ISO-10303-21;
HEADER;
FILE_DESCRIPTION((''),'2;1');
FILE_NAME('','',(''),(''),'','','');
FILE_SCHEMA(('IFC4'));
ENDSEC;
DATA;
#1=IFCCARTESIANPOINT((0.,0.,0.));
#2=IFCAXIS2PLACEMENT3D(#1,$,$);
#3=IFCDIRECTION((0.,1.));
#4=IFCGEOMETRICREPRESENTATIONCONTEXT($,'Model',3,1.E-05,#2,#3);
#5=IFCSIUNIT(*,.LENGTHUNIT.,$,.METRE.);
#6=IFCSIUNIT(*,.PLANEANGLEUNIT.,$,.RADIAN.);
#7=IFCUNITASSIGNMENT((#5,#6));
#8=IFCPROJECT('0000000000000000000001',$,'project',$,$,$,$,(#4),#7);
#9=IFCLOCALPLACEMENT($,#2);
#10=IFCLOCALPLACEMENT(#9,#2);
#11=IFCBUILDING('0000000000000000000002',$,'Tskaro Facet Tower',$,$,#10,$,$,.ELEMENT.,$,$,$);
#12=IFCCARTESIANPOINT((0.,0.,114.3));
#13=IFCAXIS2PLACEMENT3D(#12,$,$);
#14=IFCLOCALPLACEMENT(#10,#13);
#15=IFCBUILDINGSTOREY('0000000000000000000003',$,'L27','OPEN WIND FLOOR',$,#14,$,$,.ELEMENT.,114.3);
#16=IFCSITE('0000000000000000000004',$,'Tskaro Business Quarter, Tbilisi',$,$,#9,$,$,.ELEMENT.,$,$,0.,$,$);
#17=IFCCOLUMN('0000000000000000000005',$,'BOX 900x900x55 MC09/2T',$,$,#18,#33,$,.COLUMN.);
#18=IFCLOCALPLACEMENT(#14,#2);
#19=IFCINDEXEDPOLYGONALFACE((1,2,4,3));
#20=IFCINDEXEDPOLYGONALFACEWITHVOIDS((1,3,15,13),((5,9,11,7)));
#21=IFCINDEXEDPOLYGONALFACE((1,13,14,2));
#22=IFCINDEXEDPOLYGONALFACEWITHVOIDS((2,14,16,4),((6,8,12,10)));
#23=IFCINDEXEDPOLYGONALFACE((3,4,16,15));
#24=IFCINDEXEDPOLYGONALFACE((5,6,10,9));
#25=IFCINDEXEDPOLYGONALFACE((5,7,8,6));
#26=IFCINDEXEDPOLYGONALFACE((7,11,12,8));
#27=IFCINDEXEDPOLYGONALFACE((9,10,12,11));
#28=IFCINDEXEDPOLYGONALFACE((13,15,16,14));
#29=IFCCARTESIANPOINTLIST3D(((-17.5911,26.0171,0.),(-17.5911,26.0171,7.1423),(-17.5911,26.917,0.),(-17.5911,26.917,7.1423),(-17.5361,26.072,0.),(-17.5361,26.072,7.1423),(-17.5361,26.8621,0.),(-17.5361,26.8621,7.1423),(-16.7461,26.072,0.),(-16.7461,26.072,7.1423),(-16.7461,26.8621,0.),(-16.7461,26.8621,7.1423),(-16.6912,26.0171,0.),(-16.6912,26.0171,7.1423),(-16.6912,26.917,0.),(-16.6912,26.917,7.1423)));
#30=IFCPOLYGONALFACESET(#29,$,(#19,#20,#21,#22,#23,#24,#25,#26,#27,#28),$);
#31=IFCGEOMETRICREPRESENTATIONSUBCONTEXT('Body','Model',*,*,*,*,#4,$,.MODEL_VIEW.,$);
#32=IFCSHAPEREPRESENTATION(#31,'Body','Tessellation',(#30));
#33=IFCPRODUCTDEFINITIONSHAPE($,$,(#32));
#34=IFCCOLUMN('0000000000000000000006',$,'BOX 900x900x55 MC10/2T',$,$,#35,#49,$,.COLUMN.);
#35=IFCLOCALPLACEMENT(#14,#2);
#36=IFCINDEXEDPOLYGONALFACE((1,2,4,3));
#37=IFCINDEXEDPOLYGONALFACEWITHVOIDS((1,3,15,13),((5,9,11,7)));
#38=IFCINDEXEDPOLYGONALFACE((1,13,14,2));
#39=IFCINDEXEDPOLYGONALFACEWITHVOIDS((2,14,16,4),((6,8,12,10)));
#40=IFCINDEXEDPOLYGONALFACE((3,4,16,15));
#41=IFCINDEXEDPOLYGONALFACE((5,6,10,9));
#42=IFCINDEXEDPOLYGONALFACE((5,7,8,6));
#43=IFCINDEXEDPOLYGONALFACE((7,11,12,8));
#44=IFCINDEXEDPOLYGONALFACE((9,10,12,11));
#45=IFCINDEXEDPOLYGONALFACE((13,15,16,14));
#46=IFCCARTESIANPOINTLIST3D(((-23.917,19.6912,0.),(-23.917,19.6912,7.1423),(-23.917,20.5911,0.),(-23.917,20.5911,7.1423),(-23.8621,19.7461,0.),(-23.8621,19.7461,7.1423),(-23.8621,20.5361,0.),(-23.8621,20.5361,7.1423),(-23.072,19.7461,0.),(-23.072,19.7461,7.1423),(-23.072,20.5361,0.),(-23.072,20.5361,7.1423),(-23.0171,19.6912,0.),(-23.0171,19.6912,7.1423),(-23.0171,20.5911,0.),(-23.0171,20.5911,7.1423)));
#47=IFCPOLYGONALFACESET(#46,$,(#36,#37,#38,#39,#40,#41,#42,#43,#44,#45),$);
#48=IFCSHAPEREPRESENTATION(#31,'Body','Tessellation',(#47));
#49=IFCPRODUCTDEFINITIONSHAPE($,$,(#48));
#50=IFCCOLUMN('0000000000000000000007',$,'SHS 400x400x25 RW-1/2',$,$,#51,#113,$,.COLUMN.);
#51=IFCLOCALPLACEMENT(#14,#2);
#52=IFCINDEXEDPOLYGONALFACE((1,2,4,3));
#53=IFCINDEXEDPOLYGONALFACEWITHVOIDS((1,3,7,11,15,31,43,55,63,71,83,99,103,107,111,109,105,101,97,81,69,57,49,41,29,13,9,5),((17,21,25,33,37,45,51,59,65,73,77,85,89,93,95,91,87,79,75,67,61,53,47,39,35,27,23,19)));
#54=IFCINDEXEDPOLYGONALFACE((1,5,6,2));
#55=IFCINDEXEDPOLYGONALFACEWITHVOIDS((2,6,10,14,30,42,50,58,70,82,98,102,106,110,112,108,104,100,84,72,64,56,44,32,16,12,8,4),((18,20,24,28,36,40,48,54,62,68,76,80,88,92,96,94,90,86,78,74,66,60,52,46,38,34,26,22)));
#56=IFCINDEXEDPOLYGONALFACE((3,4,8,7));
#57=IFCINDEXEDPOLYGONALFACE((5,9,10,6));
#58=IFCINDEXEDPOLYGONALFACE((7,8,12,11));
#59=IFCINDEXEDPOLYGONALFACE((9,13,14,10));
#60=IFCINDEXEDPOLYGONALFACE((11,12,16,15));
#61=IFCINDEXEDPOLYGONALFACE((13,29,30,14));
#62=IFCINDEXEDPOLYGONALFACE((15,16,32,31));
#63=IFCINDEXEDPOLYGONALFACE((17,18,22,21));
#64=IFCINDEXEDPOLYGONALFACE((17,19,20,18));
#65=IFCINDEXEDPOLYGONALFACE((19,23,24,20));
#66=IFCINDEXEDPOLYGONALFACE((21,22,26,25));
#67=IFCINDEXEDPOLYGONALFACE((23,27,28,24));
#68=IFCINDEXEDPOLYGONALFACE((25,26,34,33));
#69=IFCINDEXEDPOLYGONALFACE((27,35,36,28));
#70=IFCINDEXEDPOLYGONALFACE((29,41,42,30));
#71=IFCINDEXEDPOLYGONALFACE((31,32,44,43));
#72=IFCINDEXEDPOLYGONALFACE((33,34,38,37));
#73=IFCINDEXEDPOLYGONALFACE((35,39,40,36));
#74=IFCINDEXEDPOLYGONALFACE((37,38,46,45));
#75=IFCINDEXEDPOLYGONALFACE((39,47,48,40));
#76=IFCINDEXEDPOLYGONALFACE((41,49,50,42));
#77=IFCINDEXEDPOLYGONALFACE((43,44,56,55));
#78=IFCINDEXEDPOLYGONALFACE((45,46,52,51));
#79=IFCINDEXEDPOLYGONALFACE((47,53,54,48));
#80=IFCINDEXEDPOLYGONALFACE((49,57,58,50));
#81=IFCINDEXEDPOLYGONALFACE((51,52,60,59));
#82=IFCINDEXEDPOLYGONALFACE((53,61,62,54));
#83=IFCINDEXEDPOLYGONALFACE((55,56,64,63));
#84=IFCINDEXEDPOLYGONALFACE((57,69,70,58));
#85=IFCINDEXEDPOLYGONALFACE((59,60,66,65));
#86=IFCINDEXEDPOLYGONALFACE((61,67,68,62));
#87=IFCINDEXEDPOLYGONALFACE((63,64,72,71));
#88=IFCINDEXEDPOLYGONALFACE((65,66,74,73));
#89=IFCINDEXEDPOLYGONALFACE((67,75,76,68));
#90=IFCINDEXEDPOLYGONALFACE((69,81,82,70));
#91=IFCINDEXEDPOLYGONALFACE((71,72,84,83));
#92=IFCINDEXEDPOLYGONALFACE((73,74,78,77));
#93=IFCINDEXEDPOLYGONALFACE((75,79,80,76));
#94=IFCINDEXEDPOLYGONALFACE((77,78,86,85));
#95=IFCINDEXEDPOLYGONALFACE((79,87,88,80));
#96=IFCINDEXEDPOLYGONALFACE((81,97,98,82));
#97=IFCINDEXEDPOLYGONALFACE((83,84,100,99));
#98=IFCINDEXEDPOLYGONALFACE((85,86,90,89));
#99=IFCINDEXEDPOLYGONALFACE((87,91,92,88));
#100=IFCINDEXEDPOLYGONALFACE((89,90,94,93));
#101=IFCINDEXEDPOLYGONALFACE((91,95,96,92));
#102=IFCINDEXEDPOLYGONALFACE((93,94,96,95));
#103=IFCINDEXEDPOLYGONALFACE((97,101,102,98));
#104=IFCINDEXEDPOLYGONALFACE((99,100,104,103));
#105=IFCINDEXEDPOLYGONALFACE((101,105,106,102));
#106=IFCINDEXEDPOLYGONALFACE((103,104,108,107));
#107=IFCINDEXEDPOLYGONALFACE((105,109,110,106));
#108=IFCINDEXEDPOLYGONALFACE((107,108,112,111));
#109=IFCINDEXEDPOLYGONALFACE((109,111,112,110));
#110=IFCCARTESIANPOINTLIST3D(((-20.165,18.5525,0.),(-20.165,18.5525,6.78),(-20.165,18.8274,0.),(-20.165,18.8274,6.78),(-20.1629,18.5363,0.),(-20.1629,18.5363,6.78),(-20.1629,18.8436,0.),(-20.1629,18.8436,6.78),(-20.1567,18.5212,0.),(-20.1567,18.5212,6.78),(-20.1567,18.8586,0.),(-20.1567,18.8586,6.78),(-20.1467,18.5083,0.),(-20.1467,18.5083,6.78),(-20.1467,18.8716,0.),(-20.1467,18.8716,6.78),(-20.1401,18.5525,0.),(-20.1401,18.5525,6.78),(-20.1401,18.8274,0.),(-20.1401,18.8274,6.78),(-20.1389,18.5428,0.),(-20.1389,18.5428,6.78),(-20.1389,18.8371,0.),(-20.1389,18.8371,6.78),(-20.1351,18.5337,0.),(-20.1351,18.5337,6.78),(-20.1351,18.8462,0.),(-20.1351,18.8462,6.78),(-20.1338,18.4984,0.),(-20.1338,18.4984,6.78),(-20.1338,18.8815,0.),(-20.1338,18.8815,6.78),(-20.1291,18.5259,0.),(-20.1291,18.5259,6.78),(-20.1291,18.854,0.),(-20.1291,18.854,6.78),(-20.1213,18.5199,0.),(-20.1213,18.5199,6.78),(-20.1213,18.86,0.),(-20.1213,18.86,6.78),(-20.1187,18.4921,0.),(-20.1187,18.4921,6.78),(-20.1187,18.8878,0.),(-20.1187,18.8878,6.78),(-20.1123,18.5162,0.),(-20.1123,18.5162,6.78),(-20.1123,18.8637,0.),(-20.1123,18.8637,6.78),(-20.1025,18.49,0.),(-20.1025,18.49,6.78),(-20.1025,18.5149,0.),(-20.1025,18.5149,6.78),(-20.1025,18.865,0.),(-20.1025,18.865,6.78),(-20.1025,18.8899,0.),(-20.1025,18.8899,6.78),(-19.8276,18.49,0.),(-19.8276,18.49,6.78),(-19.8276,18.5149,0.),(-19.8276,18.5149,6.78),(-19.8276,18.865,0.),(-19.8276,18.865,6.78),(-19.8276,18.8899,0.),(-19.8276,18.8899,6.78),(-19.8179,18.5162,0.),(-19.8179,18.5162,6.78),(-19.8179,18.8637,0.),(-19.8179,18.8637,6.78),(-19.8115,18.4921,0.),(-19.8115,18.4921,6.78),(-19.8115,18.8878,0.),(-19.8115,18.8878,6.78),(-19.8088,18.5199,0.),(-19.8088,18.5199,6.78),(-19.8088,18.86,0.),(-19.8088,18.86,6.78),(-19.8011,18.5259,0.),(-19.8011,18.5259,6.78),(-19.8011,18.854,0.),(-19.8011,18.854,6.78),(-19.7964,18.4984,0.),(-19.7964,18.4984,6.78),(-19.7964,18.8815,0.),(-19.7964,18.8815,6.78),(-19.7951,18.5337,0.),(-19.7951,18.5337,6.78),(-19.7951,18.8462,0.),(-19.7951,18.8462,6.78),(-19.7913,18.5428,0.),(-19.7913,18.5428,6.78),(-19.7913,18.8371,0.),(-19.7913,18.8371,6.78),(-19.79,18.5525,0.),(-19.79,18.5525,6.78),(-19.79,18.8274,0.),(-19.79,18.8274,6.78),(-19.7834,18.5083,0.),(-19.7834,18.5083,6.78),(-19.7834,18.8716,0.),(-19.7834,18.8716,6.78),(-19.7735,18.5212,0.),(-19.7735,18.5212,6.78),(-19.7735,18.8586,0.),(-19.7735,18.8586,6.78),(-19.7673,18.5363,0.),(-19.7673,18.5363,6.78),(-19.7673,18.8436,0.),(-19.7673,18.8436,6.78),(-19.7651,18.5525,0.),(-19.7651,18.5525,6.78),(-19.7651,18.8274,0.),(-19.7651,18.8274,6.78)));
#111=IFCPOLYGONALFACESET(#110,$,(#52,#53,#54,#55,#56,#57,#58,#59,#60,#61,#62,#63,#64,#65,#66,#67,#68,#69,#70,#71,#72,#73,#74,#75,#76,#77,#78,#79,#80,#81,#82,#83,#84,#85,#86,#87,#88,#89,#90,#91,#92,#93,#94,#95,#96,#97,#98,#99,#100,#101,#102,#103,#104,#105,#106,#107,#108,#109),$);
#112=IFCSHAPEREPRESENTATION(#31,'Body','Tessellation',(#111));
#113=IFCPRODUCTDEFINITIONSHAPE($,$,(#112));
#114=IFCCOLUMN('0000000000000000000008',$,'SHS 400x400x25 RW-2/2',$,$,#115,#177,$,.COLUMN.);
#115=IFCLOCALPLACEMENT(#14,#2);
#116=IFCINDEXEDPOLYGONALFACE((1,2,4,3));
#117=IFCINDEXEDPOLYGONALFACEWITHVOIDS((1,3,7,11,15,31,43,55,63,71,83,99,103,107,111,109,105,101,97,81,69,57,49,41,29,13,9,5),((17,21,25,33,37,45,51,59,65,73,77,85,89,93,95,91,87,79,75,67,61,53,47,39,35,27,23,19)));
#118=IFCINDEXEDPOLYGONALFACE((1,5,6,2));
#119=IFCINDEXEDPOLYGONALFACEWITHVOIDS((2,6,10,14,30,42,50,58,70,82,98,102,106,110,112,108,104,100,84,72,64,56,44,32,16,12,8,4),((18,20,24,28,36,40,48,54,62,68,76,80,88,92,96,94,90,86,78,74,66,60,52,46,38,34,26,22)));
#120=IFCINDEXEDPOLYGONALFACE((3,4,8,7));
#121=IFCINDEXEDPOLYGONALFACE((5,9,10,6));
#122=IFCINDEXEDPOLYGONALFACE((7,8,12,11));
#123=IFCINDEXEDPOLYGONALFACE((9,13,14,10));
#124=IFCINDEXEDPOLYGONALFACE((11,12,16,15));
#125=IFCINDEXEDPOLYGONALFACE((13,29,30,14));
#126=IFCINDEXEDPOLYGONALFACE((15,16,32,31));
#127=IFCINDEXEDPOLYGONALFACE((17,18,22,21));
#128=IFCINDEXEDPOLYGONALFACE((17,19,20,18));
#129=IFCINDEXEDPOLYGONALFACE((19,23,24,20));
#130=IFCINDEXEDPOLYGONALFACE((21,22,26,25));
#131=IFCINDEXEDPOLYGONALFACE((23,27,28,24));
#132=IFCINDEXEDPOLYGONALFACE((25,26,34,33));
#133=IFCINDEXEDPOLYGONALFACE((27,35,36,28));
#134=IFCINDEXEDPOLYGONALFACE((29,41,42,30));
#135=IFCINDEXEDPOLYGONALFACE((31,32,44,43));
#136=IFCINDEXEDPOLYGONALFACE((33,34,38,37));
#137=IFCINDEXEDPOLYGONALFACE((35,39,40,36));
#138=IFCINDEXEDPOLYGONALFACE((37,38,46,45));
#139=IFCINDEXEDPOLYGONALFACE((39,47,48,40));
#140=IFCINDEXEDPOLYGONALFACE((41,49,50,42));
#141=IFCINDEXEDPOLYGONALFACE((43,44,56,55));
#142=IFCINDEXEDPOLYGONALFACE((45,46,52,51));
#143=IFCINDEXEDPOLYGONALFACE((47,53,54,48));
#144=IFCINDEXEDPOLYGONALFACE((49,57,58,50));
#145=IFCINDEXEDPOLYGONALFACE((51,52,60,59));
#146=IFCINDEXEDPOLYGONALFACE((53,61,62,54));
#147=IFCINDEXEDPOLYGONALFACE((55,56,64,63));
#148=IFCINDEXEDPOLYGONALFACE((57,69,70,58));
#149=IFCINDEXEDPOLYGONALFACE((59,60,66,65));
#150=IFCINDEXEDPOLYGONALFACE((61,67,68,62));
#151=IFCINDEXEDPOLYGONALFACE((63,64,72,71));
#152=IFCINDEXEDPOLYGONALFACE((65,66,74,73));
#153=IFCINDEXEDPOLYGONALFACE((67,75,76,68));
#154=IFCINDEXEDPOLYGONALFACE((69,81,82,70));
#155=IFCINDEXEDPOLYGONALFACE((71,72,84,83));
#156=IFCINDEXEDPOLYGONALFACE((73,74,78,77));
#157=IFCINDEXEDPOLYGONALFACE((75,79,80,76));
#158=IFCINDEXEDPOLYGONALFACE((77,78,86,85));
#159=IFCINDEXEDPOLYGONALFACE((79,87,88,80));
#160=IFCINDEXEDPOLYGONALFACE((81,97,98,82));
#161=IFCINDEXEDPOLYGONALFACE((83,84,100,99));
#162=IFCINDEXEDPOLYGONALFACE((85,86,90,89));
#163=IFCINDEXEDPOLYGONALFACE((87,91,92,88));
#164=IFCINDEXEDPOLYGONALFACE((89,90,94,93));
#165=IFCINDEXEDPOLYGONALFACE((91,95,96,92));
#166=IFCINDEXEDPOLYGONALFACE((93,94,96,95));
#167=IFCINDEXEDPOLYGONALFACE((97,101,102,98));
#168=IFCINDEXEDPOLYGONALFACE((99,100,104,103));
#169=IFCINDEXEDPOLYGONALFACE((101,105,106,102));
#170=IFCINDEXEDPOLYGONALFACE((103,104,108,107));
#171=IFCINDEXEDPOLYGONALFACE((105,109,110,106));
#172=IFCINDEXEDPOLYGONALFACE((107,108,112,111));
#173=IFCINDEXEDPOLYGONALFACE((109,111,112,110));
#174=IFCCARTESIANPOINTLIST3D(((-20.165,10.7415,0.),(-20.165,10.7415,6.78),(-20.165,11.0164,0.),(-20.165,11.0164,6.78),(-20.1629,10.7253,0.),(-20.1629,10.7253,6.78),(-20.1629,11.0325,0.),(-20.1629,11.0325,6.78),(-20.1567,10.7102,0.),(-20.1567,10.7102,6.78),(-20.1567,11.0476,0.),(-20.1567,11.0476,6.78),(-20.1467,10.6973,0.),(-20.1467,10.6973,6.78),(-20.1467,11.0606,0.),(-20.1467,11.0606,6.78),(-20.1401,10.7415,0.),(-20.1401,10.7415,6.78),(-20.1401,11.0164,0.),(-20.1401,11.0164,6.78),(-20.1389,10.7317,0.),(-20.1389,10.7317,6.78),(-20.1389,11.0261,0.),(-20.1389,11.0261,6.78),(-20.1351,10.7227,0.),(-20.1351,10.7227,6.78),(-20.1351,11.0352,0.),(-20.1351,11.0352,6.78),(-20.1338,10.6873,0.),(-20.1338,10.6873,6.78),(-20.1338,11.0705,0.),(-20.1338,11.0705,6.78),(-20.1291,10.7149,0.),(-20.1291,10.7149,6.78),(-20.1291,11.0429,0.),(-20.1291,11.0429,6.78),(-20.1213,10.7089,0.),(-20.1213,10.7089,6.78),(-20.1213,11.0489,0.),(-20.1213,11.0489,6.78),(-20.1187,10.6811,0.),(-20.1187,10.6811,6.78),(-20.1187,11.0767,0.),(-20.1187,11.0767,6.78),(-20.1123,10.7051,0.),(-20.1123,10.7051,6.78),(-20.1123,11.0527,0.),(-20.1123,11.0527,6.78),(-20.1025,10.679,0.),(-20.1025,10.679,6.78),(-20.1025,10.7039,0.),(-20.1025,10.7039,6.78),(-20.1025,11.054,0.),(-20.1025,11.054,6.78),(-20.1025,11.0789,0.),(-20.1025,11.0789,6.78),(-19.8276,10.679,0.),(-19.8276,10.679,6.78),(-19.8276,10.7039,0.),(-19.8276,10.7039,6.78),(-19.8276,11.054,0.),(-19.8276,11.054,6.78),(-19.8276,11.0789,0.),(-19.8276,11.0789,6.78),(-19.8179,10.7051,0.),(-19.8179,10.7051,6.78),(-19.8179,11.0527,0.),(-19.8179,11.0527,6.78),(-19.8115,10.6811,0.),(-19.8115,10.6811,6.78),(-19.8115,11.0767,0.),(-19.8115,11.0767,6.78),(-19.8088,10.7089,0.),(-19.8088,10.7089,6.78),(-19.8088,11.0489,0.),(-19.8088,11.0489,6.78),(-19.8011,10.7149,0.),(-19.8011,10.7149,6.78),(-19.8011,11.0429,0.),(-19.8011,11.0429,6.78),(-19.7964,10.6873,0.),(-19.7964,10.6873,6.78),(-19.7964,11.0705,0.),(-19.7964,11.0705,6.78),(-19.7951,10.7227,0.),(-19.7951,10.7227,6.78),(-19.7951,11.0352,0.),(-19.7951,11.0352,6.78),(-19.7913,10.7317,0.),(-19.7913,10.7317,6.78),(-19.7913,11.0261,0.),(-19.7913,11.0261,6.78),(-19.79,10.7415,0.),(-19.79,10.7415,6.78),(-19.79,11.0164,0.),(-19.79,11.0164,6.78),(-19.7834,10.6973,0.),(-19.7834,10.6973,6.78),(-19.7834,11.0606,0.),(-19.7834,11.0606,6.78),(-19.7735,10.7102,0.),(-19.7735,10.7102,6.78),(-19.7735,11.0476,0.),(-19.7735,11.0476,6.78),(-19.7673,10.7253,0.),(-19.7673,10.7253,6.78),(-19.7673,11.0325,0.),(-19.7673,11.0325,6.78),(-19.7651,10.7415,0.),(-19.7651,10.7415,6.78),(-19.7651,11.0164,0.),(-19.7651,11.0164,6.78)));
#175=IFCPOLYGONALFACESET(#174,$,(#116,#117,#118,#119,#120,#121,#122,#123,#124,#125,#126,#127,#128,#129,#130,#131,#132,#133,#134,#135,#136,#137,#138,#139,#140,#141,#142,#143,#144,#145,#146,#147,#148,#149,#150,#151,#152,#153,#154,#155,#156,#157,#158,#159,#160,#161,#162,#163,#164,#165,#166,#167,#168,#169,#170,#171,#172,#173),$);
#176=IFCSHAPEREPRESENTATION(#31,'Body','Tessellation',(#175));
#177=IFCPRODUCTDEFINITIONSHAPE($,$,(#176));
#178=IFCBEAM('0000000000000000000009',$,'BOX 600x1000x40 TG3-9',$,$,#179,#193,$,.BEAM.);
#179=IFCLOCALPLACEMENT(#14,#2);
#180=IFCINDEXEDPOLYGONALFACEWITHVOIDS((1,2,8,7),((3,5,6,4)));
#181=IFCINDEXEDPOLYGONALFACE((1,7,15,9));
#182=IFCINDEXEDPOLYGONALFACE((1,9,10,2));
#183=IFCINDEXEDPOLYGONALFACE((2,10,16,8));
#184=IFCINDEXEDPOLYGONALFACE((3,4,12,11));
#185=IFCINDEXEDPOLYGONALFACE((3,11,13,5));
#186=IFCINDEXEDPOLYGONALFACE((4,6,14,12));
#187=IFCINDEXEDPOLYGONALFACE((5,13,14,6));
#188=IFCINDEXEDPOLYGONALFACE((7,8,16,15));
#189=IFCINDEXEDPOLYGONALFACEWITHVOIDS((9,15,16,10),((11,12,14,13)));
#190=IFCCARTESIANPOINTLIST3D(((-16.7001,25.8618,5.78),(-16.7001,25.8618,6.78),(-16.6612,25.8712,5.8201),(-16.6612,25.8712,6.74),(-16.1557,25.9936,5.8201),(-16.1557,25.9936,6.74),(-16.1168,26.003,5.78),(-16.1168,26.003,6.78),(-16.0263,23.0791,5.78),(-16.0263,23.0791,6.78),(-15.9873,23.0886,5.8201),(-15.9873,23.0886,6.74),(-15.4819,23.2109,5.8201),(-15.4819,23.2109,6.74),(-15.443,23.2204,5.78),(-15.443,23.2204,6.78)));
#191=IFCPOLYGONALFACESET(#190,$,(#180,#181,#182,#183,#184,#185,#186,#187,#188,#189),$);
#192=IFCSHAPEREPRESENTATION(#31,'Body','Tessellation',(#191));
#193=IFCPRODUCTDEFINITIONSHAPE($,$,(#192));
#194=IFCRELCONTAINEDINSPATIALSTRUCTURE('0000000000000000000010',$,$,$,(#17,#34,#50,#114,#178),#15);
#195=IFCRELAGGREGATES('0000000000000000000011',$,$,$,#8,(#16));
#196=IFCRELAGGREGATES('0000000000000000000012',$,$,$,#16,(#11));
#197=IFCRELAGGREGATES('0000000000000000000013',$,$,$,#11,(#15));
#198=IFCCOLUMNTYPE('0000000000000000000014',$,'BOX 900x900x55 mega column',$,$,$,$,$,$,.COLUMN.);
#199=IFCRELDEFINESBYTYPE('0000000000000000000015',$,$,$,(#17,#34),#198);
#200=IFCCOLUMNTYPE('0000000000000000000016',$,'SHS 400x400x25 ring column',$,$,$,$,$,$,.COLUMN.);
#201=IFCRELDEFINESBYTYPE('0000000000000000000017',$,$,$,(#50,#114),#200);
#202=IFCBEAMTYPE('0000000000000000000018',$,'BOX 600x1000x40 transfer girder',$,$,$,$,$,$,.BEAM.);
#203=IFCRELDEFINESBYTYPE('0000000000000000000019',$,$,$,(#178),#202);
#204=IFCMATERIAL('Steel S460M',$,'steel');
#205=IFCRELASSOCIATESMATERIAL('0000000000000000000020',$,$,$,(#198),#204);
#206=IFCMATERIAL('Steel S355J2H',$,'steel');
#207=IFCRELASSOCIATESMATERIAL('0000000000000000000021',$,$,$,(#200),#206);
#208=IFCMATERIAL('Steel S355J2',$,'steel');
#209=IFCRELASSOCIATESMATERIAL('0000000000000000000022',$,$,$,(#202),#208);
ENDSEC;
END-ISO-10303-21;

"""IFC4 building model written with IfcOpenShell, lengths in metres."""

from ifc_helpers import new_model, si_unit, direction, frame, origin, origin_2d, place, context, subcontext, project, spatial, hollow_rectangle, extrude, material, material_profile, profile_set, type_object, element, save


model = new_model("IFC4")

# Units and contexts
model_context = context("Model", 3, precision=1e-05, world=origin(), true_north=direction((0.0, 1.0)))
body_context = subcontext(model_context, "Body", "Model", "MODEL_VIEW")
ifc_project = project(units=[si_unit("LENGTHUNIT", "METRE"), si_unit("PLANEANGLEUNIT", "RADIAN")], contexts=[model_context])

# Site, building, storey
site_placement = place(None, origin())
site = spatial("IfcSite", under=ifc_project, at=site_placement, Name="Tskaro Business Quarter, Tbilisi", CompositionType="ELEMENT", RefElevation=0.0)
building_placement = place(site_placement, origin())
building = spatial("IfcBuilding", under=site, at=building_placement, Name="Tskaro Facet Tower", CompositionType="ELEMENT")
storey_placement = place(building_placement, frame((0.0, 0.0, 114.3)))
storey = spatial("IfcBuildingStorey", under=building, at=storey_placement, Name="L27", Description="OPEN WIND FLOOR", CompositionType="ELEMENT", Elevation=114.3)

# Columns
ifc_material_1 = material(Name="Steel S460M", Category="steel")
ifc_material_profile_1 = material_profile(ifc_material_1, hollow_rectangle(XDim=0.8999, YDim=0.8999, WallThickness=0.0549, at=origin_2d()), Name="BOX 900x900x55")
ifc_profile_set_1 = profile_set([ifc_material_profile_1], Name="Steel S460M")
column_type_1 = type_object("IfcColumnType", Name="BOX 900x900x55 mega column", PredefinedType="COLUMN", material=ifc_profile_set_1)
for number, where, z_axis, x_axis, name in (
    (1, (-17.1411, 26.467, 0.0), (0.0, 0.0, 1.0), (1.0, 0.0, 0.0), "BOX 900x900x55 MC09/2T"),
    (2, (-23.467, 20.1411, 0.0), (0.0, 0.0, 1.0), (1.0, 0.0, 0.0), "BOX 900x900x55 MC10/2T"),
):
    element("IfcColumn", number, at=place(storey_placement, frame(where, z_axis=z_axis, x_axis=x_axis)), inside=storey, type_object=column_type_1, Name=name, PredefinedType="COLUMN", context=body_context, shape_type="SweptSolid", body=[
        extrude(hollow_rectangle(XDim=0.8999, YDim=0.8999, WallThickness=0.0549, at=origin_2d()), origin(), (0.0, 0.0, 1.0), 7.1423),
    ])
ifc_material_2 = material(Name="Steel S355J2H", Category="steel")
ifc_material_profile_2 = material_profile(ifc_material_2, hollow_rectangle(XDim=0.3999, YDim=0.3999, WallThickness=0.0249, InnerFilletRadius=0.0376, OuterFilletRadius=0.0625, at=origin_2d()), Name="SHS 400x400x25")
ifc_profile_set_2 = profile_set([ifc_material_profile_2], Name="Steel S355J2H")
column_type_2 = type_object("IfcColumnType", Name="SHS 400x400x25 ring column", PredefinedType="COLUMN", material=ifc_profile_set_2)
for number, where, z_axis, x_axis, name in (
    (3, (-19.9651, 18.6899, 0.0), (0.0, 0.0, 1.0), (1.0, 0.0, 0.0), "SHS 400x400x25 RW-1/2"),
    (4, (-19.9651, 10.8789, 0.0), (0.0, 0.0, 1.0), (1.0, 0.0, 0.0), "SHS 400x400x25 RW-2/2"),
):
    element("IfcColumn", number, at=place(storey_placement, frame(where, z_axis=z_axis, x_axis=x_axis)), inside=storey, type_object=column_type_2, Name=name, PredefinedType="COLUMN", context=body_context, shape_type="SweptSolid", body=[
        extrude(hollow_rectangle(XDim=0.3999, YDim=0.3999, WallThickness=0.0249, InnerFilletRadius=0.0376, OuterFilletRadius=0.0625, at=origin_2d()), origin(), (0.0, 0.0, 1.0), 6.78),
    ])

# Beam
ifc_material_3 = material(Name="Steel S355J2", Category="steel")
ifc_material_profile_3 = material_profile(ifc_material_3, hollow_rectangle(XDim=0.6001, YDim=1.0, WallThickness=0.04, at=origin_2d()), Name="BOX 600x1000x40")
ifc_profile_set_3 = profile_set([ifc_material_profile_3], Name="Steel S355J2")
beam_type_1 = type_object("IfcBeamType", Name="BOX 600x1000x40 transfer girder", PredefinedType="BEAM", material=ifc_profile_set_3)
for number, where, z_axis, x_axis, name in (
    (5, (-16.4084, 25.9324, 6.28), (0.235346, -0.971912, 0.0), (0.971912, 0.235346, 0.0), "BOX 600x1000x40 TG3-9"),
):
    element("IfcBeam", number, at=place(storey_placement, frame(where, z_axis=z_axis, x_axis=x_axis)), inside=storey, type_object=beam_type_1, Name=name, PredefinedType="BEAM", context=body_context, shape_type="SweptSolid", body=[
        extrude(hollow_rectangle(XDim=0.6001, YDim=1.0, WallThickness=0.04, at=origin_2d()), origin(), (0.0, 0.0, 1.0), 2.863),
    ])

save(model, "model.ifc")
